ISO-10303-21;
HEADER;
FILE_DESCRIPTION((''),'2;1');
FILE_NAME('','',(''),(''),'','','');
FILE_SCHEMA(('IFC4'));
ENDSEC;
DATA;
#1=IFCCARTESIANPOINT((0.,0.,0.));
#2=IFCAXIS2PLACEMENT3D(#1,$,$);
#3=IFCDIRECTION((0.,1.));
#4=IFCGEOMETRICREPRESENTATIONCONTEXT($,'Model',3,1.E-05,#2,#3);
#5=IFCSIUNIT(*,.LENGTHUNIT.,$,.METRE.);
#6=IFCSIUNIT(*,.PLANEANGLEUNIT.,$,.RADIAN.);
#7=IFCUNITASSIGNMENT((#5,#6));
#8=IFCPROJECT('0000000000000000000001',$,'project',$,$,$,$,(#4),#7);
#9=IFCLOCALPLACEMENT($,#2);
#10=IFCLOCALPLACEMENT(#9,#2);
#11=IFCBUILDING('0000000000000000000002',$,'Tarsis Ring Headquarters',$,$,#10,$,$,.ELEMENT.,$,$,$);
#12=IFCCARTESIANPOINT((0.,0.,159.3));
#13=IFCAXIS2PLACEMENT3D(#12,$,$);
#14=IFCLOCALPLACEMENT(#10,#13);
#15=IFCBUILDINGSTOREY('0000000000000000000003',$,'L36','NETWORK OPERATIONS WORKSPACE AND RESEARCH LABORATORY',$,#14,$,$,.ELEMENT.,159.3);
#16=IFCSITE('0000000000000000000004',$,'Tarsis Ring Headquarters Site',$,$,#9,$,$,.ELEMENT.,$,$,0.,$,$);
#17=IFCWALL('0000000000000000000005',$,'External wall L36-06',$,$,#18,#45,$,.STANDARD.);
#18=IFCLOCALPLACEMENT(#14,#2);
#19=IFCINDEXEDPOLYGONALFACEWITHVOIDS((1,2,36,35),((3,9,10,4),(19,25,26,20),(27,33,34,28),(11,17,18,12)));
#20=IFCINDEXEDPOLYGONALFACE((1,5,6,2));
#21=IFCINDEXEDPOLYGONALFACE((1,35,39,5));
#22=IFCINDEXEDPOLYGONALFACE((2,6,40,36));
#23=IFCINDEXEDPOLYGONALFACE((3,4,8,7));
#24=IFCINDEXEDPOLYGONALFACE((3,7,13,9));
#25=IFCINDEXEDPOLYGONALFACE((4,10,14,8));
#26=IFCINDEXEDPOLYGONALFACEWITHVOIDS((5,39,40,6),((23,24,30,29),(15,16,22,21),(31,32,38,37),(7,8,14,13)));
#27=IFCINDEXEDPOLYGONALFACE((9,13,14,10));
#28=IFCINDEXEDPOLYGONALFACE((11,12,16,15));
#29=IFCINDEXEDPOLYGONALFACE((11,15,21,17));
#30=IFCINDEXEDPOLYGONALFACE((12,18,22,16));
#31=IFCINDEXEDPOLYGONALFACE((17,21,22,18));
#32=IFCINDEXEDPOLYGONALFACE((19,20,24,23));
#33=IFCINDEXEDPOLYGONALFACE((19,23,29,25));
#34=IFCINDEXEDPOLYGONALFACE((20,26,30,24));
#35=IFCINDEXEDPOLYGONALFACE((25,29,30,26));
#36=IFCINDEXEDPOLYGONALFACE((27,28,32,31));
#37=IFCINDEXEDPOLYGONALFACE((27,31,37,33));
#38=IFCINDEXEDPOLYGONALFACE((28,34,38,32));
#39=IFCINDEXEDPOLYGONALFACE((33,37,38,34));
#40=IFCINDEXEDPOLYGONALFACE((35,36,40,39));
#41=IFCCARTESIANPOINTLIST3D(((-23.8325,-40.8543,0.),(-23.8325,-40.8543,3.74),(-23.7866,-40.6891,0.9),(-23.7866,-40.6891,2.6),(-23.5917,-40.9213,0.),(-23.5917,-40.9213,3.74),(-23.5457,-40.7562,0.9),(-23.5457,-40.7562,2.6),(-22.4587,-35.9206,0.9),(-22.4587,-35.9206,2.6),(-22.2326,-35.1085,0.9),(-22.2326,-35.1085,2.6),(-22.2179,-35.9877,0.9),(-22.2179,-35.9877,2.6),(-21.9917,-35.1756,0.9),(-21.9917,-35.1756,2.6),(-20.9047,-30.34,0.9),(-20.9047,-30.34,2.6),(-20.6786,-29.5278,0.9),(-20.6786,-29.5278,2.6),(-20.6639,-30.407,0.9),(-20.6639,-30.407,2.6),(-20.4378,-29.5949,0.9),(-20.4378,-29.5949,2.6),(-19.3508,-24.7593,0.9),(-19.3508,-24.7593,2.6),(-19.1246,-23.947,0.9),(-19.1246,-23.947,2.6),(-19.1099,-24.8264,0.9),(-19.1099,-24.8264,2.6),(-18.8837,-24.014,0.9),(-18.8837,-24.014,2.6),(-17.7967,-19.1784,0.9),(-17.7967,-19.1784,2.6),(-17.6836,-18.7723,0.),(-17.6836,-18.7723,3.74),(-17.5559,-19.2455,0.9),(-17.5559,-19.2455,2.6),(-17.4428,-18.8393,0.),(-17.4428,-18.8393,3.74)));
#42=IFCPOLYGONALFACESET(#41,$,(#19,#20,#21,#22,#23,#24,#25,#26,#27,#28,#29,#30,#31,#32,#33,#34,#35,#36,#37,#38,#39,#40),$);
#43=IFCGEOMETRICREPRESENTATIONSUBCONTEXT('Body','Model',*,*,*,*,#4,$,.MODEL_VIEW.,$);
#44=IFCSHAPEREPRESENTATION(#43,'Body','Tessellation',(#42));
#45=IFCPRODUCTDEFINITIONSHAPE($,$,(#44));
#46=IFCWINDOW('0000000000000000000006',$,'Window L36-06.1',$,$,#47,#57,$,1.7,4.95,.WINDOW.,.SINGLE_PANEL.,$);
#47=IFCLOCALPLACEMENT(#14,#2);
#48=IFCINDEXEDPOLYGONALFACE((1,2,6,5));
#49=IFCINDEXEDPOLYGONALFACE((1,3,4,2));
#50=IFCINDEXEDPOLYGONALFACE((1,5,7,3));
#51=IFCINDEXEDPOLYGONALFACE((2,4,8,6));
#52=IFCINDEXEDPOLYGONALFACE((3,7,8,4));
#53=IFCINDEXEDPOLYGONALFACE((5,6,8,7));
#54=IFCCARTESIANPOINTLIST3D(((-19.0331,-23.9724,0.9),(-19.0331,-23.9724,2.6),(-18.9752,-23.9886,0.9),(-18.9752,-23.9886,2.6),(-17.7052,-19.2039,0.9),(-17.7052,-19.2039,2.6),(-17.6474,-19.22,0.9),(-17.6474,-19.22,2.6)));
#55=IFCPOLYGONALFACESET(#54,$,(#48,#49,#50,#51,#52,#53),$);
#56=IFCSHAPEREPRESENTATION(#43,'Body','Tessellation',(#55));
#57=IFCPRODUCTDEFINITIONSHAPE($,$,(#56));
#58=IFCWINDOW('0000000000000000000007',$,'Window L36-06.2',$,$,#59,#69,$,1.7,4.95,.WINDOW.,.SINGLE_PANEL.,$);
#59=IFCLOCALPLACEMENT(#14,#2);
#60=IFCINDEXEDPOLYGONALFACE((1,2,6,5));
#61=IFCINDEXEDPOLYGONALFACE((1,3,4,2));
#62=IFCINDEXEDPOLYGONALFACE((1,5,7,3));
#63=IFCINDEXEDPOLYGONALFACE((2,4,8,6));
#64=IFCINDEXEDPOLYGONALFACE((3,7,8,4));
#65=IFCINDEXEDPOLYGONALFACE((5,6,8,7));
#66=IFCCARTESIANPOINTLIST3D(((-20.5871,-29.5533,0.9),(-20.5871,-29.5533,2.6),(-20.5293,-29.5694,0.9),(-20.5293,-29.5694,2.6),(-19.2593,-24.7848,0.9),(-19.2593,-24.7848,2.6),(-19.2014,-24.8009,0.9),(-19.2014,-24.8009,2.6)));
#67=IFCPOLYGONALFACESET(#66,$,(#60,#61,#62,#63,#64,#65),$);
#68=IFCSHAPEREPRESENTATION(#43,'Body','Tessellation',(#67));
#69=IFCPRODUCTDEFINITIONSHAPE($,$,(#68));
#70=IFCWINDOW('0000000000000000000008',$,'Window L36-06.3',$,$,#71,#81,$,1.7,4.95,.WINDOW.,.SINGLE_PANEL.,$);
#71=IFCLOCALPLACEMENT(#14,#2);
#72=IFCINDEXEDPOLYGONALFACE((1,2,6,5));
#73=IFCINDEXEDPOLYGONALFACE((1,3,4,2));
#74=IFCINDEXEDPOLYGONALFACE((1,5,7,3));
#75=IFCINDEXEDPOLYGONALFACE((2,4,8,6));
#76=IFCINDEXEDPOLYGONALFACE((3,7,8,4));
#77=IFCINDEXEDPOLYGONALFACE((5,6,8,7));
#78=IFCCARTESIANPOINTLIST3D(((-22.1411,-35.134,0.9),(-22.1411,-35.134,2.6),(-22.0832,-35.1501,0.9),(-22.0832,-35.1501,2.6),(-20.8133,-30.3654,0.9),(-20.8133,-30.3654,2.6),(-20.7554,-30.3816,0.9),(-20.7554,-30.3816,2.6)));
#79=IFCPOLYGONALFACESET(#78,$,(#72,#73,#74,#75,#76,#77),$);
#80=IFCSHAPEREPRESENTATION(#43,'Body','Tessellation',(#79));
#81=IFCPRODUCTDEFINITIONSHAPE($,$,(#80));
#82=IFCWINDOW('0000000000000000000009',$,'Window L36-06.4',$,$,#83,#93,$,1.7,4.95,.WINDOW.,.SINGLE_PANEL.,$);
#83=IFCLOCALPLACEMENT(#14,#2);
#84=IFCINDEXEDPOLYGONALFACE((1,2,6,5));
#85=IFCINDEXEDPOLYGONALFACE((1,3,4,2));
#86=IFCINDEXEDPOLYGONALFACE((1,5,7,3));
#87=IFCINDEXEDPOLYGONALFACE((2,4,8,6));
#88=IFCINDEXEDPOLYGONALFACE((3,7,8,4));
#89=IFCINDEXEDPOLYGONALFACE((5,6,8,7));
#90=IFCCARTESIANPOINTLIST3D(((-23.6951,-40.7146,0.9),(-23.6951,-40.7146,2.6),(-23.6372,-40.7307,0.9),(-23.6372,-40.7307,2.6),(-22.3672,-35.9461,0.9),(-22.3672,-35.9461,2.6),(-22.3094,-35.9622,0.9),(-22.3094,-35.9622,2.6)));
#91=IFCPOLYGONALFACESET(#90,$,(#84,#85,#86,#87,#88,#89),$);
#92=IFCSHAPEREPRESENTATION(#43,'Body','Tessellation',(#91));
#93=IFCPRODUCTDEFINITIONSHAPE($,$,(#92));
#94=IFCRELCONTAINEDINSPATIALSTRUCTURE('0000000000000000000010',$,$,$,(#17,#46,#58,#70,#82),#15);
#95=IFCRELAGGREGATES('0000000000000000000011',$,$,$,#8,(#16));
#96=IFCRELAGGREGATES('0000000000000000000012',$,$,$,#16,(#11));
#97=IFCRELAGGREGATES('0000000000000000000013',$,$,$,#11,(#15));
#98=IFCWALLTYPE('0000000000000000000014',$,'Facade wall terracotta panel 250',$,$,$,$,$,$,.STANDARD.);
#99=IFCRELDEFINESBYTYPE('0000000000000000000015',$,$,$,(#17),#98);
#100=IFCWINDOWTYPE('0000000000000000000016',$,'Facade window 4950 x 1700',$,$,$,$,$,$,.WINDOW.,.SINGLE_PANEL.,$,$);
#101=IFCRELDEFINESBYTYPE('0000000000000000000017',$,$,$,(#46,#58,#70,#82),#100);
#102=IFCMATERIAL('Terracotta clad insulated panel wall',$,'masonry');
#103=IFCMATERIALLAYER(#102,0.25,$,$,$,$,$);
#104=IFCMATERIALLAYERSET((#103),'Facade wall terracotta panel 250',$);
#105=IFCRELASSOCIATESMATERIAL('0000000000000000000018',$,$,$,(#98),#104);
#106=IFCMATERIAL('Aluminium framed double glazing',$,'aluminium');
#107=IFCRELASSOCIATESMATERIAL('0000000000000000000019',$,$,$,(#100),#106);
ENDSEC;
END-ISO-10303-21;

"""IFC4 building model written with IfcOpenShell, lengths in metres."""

from ifc_helpers import new_model, si_unit, direction, frame, frame_2d, origin, place, context, subcontext, project, spatial, rectangle, extrude, material, layer, layer_set, type_object, element, fill, save


model = new_model("IFC4")

# Units and contexts
model_context = context("Model", 3, precision=1e-05, world=origin(), true_north=direction((0.0, 1.0)))
body_context = subcontext(model_context, "Body", "Model", "MODEL_VIEW")
ifc_project = project(units=[si_unit("LENGTHUNIT", "METRE"), si_unit("PLANEANGLEUNIT", "RADIAN")], contexts=[model_context])

# Site, building, storey
site_placement = place(None, origin())
site = spatial("IfcSite", under=ifc_project, at=site_placement, Name="Tarsis Ring Headquarters Site", CompositionType="ELEMENT", RefElevation=0.0)
building_placement = place(site_placement, origin())
building = spatial("IfcBuilding", under=site, at=building_placement, Name="Tarsis Ring Headquarters", CompositionType="ELEMENT")
storey_placement = place(building_placement, frame((0.0, 0.0, 159.3)))
storey = spatial("IfcBuildingStorey", under=building, at=storey_placement, Name="L36", Description="NETWORK OPERATIONS WORKSPACE AND RESEARCH LABORATORY", CompositionType="ELEMENT", Elevation=159.3)

# Wall, openings, windows
ifc_material_1 = material(Name="Terracotta clad insulated panel wall", Category="masonry")
ifc_layer_1 = layer(ifc_material_1, 0.25)
ifc_layer_set_1 = layer_set([ifc_layer_1], Name="Facade wall terracotta panel 250")
wall_type_1 = type_object("IfcWallType", Name="Facade wall terracotta panel 250", PredefinedType="STANDARD", material=ifc_layer_set_1)
wall_1_placement = place(storey_placement, frame((-17.5632, -18.8059, 0.0), z_axis=(0.0, 0.0, 1.0), x_axis=(-0.268252, -0.963349, 0.0)))
wall_1 = element("IfcWall", 1, at=wall_1_placement, inside=storey, type_object=wall_type_1, Name="External wall L36-06", PredefinedType="STANDARD", context=body_context, shape_type="SweptSolid", body=[
    extrude(rectangle(XDim=22.9221, YDim=0.25, at=frame_2d((11.4609, 0.0))), origin(), (0.0, 0.0, 1.0), 3.74),
])
opening_1_placement = place(wall_1_placement, frame((0.4214, 0.0, 0.8999)))
opening_1 = element("IfcOpeningElement", 2, at=opening_1_placement, cuts=wall_1, PredefinedType="OPENING", context=body_context, shape_type="SweptSolid", body=[
    extrude(rectangle(XDim=4.95, YDim=1.7, at=frame_2d((2.4751, 0.8501))), frame((0.0, 0.135, 0.0), z_axis=(0.0, -1.0, 0.0), x_axis=(1.0, 0.0, 0.0)), (0.0, 0.0, 1.0), 0.27),
])
opening_2_placement = place(wall_1_placement, frame((6.2146, 0.0, 0.8999)))
opening_2 = element("IfcOpeningElement", 3, at=opening_2_placement, cuts=wall_1, PredefinedType="OPENING", context=body_context, shape_type="SweptSolid", body=[
    extrude(rectangle(XDim=4.95, YDim=1.7, at=frame_2d((2.4751, 0.8501))), frame((0.0, 0.135, 0.0), z_axis=(0.0, -1.0, 0.0), x_axis=(1.0, 0.0, 0.0)), (0.0, 0.0, 1.0), 0.27),
])
opening_3_placement = place(wall_1_placement, frame((12.0076, 0.0, 0.8999)))
opening_3 = element("IfcOpeningElement", 4, at=opening_3_placement, cuts=wall_1, PredefinedType="OPENING", context=body_context, shape_type="SweptSolid", body=[
    extrude(rectangle(XDim=4.95, YDim=1.7, at=frame_2d((2.4751, 0.8501))), frame((0.0, 0.135, 0.0), z_axis=(0.0, -1.0, 0.0), x_axis=(1.0, 0.0, 0.0)), (0.0, 0.0, 1.0), 0.27),
])
opening_4_placement = place(wall_1_placement, frame((17.8005, 0.0, 0.8999)))
opening_4 = element("IfcOpeningElement", 5, at=opening_4_placement, cuts=wall_1, PredefinedType="OPENING", context=body_context, shape_type="SweptSolid", body=[
    extrude(rectangle(XDim=4.95, YDim=1.7, at=frame_2d((2.4751, 0.8501))), frame((0.0, 0.135, 0.0), z_axis=(0.0, -1.0, 0.0), x_axis=(1.0, 0.0, 0.0)), (0.0, 0.0, 1.0), 0.27),
])
ifc_material_2 = material(Name="Aluminium framed double glazing", Category="aluminium")
window_type = type_object("IfcWindowType", Name="Facade window 4950 x 1700", PartitioningType="SINGLE_PANEL", PredefinedType="WINDOW", material=ifc_material_2)
window_1_placement = place(opening_1_placement, origin())
window_1 = element("IfcWindow", 6, at=window_1_placement, inside=storey, type_object=window_type, Name="Window L36-06.1", OverallHeight=1.7, OverallWidth=4.95, PartitioningType="SINGLE_PANEL", PredefinedType="WINDOW", context=body_context, shape_type="SweptSolid", body=[
    extrude(rectangle(XDim=4.95, YDim=1.7, at=frame_2d((2.4751, 0.8501))), frame((0.0, 0.03, 0.0), z_axis=(0.0, -1.0, 0.0), x_axis=(1.0, 0.0, 0.0)), (0.0, 0.0, 1.0), 0.0601),
])
fill(opening_1, window_1)
window_2_placement = place(opening_2_placement, origin())
window_2 = element("IfcWindow", 7, at=window_2_placement, inside=storey, type_object=window_type, Name="Window L36-06.2", OverallHeight=1.7, OverallWidth=4.95, PartitioningType="SINGLE_PANEL", PredefinedType="WINDOW", context=body_context, shape_type="SweptSolid", body=[
    extrude(rectangle(XDim=4.95, YDim=1.7, at=frame_2d((2.4751, 0.8501))), frame((0.0, 0.03, 0.0), z_axis=(0.0, -1.0, 0.0), x_axis=(1.0, 0.0, 0.0)), (0.0, 0.0, 1.0), 0.0601),
])
fill(opening_2, window_2)
window_3_placement = place(opening_3_placement, origin())
window_3 = element("IfcWindow", 8, at=window_3_placement, inside=storey, type_object=window_type, Name="Window L36-06.3", OverallHeight=1.7, OverallWidth=4.95, PartitioningType="SINGLE_PANEL", PredefinedType="WINDOW", context=body_context, shape_type="SweptSolid", body=[
    extrude(rectangle(XDim=4.95, YDim=1.7, at=frame_2d((2.4751, 0.8501))), frame((0.0, 0.03, 0.0), z_axis=(0.0, -1.0, 0.0), x_axis=(1.0, 0.0, 0.0)), (0.0, 0.0, 1.0), 0.0601),
])
fill(opening_3, window_3)
window_4_placement = place(opening_4_placement, origin())
window_4 = element("IfcWindow", 9, at=window_4_placement, inside=storey, type_object=window_type, Name="Window L36-06.4", OverallHeight=1.7, OverallWidth=4.95, PartitioningType="SINGLE_PANEL", PredefinedType="WINDOW", context=body_context, shape_type="SweptSolid", body=[
    extrude(rectangle(XDim=4.95, YDim=1.7, at=frame_2d((2.4751, 0.8501))), frame((0.0, 0.03, 0.0), z_axis=(0.0, -1.0, 0.0), x_axis=(1.0, 0.0, 0.0)), (0.0, 0.0, 1.0), 0.0601),
])
fill(opening_4, window_4)

save(model, "model.ifc")
